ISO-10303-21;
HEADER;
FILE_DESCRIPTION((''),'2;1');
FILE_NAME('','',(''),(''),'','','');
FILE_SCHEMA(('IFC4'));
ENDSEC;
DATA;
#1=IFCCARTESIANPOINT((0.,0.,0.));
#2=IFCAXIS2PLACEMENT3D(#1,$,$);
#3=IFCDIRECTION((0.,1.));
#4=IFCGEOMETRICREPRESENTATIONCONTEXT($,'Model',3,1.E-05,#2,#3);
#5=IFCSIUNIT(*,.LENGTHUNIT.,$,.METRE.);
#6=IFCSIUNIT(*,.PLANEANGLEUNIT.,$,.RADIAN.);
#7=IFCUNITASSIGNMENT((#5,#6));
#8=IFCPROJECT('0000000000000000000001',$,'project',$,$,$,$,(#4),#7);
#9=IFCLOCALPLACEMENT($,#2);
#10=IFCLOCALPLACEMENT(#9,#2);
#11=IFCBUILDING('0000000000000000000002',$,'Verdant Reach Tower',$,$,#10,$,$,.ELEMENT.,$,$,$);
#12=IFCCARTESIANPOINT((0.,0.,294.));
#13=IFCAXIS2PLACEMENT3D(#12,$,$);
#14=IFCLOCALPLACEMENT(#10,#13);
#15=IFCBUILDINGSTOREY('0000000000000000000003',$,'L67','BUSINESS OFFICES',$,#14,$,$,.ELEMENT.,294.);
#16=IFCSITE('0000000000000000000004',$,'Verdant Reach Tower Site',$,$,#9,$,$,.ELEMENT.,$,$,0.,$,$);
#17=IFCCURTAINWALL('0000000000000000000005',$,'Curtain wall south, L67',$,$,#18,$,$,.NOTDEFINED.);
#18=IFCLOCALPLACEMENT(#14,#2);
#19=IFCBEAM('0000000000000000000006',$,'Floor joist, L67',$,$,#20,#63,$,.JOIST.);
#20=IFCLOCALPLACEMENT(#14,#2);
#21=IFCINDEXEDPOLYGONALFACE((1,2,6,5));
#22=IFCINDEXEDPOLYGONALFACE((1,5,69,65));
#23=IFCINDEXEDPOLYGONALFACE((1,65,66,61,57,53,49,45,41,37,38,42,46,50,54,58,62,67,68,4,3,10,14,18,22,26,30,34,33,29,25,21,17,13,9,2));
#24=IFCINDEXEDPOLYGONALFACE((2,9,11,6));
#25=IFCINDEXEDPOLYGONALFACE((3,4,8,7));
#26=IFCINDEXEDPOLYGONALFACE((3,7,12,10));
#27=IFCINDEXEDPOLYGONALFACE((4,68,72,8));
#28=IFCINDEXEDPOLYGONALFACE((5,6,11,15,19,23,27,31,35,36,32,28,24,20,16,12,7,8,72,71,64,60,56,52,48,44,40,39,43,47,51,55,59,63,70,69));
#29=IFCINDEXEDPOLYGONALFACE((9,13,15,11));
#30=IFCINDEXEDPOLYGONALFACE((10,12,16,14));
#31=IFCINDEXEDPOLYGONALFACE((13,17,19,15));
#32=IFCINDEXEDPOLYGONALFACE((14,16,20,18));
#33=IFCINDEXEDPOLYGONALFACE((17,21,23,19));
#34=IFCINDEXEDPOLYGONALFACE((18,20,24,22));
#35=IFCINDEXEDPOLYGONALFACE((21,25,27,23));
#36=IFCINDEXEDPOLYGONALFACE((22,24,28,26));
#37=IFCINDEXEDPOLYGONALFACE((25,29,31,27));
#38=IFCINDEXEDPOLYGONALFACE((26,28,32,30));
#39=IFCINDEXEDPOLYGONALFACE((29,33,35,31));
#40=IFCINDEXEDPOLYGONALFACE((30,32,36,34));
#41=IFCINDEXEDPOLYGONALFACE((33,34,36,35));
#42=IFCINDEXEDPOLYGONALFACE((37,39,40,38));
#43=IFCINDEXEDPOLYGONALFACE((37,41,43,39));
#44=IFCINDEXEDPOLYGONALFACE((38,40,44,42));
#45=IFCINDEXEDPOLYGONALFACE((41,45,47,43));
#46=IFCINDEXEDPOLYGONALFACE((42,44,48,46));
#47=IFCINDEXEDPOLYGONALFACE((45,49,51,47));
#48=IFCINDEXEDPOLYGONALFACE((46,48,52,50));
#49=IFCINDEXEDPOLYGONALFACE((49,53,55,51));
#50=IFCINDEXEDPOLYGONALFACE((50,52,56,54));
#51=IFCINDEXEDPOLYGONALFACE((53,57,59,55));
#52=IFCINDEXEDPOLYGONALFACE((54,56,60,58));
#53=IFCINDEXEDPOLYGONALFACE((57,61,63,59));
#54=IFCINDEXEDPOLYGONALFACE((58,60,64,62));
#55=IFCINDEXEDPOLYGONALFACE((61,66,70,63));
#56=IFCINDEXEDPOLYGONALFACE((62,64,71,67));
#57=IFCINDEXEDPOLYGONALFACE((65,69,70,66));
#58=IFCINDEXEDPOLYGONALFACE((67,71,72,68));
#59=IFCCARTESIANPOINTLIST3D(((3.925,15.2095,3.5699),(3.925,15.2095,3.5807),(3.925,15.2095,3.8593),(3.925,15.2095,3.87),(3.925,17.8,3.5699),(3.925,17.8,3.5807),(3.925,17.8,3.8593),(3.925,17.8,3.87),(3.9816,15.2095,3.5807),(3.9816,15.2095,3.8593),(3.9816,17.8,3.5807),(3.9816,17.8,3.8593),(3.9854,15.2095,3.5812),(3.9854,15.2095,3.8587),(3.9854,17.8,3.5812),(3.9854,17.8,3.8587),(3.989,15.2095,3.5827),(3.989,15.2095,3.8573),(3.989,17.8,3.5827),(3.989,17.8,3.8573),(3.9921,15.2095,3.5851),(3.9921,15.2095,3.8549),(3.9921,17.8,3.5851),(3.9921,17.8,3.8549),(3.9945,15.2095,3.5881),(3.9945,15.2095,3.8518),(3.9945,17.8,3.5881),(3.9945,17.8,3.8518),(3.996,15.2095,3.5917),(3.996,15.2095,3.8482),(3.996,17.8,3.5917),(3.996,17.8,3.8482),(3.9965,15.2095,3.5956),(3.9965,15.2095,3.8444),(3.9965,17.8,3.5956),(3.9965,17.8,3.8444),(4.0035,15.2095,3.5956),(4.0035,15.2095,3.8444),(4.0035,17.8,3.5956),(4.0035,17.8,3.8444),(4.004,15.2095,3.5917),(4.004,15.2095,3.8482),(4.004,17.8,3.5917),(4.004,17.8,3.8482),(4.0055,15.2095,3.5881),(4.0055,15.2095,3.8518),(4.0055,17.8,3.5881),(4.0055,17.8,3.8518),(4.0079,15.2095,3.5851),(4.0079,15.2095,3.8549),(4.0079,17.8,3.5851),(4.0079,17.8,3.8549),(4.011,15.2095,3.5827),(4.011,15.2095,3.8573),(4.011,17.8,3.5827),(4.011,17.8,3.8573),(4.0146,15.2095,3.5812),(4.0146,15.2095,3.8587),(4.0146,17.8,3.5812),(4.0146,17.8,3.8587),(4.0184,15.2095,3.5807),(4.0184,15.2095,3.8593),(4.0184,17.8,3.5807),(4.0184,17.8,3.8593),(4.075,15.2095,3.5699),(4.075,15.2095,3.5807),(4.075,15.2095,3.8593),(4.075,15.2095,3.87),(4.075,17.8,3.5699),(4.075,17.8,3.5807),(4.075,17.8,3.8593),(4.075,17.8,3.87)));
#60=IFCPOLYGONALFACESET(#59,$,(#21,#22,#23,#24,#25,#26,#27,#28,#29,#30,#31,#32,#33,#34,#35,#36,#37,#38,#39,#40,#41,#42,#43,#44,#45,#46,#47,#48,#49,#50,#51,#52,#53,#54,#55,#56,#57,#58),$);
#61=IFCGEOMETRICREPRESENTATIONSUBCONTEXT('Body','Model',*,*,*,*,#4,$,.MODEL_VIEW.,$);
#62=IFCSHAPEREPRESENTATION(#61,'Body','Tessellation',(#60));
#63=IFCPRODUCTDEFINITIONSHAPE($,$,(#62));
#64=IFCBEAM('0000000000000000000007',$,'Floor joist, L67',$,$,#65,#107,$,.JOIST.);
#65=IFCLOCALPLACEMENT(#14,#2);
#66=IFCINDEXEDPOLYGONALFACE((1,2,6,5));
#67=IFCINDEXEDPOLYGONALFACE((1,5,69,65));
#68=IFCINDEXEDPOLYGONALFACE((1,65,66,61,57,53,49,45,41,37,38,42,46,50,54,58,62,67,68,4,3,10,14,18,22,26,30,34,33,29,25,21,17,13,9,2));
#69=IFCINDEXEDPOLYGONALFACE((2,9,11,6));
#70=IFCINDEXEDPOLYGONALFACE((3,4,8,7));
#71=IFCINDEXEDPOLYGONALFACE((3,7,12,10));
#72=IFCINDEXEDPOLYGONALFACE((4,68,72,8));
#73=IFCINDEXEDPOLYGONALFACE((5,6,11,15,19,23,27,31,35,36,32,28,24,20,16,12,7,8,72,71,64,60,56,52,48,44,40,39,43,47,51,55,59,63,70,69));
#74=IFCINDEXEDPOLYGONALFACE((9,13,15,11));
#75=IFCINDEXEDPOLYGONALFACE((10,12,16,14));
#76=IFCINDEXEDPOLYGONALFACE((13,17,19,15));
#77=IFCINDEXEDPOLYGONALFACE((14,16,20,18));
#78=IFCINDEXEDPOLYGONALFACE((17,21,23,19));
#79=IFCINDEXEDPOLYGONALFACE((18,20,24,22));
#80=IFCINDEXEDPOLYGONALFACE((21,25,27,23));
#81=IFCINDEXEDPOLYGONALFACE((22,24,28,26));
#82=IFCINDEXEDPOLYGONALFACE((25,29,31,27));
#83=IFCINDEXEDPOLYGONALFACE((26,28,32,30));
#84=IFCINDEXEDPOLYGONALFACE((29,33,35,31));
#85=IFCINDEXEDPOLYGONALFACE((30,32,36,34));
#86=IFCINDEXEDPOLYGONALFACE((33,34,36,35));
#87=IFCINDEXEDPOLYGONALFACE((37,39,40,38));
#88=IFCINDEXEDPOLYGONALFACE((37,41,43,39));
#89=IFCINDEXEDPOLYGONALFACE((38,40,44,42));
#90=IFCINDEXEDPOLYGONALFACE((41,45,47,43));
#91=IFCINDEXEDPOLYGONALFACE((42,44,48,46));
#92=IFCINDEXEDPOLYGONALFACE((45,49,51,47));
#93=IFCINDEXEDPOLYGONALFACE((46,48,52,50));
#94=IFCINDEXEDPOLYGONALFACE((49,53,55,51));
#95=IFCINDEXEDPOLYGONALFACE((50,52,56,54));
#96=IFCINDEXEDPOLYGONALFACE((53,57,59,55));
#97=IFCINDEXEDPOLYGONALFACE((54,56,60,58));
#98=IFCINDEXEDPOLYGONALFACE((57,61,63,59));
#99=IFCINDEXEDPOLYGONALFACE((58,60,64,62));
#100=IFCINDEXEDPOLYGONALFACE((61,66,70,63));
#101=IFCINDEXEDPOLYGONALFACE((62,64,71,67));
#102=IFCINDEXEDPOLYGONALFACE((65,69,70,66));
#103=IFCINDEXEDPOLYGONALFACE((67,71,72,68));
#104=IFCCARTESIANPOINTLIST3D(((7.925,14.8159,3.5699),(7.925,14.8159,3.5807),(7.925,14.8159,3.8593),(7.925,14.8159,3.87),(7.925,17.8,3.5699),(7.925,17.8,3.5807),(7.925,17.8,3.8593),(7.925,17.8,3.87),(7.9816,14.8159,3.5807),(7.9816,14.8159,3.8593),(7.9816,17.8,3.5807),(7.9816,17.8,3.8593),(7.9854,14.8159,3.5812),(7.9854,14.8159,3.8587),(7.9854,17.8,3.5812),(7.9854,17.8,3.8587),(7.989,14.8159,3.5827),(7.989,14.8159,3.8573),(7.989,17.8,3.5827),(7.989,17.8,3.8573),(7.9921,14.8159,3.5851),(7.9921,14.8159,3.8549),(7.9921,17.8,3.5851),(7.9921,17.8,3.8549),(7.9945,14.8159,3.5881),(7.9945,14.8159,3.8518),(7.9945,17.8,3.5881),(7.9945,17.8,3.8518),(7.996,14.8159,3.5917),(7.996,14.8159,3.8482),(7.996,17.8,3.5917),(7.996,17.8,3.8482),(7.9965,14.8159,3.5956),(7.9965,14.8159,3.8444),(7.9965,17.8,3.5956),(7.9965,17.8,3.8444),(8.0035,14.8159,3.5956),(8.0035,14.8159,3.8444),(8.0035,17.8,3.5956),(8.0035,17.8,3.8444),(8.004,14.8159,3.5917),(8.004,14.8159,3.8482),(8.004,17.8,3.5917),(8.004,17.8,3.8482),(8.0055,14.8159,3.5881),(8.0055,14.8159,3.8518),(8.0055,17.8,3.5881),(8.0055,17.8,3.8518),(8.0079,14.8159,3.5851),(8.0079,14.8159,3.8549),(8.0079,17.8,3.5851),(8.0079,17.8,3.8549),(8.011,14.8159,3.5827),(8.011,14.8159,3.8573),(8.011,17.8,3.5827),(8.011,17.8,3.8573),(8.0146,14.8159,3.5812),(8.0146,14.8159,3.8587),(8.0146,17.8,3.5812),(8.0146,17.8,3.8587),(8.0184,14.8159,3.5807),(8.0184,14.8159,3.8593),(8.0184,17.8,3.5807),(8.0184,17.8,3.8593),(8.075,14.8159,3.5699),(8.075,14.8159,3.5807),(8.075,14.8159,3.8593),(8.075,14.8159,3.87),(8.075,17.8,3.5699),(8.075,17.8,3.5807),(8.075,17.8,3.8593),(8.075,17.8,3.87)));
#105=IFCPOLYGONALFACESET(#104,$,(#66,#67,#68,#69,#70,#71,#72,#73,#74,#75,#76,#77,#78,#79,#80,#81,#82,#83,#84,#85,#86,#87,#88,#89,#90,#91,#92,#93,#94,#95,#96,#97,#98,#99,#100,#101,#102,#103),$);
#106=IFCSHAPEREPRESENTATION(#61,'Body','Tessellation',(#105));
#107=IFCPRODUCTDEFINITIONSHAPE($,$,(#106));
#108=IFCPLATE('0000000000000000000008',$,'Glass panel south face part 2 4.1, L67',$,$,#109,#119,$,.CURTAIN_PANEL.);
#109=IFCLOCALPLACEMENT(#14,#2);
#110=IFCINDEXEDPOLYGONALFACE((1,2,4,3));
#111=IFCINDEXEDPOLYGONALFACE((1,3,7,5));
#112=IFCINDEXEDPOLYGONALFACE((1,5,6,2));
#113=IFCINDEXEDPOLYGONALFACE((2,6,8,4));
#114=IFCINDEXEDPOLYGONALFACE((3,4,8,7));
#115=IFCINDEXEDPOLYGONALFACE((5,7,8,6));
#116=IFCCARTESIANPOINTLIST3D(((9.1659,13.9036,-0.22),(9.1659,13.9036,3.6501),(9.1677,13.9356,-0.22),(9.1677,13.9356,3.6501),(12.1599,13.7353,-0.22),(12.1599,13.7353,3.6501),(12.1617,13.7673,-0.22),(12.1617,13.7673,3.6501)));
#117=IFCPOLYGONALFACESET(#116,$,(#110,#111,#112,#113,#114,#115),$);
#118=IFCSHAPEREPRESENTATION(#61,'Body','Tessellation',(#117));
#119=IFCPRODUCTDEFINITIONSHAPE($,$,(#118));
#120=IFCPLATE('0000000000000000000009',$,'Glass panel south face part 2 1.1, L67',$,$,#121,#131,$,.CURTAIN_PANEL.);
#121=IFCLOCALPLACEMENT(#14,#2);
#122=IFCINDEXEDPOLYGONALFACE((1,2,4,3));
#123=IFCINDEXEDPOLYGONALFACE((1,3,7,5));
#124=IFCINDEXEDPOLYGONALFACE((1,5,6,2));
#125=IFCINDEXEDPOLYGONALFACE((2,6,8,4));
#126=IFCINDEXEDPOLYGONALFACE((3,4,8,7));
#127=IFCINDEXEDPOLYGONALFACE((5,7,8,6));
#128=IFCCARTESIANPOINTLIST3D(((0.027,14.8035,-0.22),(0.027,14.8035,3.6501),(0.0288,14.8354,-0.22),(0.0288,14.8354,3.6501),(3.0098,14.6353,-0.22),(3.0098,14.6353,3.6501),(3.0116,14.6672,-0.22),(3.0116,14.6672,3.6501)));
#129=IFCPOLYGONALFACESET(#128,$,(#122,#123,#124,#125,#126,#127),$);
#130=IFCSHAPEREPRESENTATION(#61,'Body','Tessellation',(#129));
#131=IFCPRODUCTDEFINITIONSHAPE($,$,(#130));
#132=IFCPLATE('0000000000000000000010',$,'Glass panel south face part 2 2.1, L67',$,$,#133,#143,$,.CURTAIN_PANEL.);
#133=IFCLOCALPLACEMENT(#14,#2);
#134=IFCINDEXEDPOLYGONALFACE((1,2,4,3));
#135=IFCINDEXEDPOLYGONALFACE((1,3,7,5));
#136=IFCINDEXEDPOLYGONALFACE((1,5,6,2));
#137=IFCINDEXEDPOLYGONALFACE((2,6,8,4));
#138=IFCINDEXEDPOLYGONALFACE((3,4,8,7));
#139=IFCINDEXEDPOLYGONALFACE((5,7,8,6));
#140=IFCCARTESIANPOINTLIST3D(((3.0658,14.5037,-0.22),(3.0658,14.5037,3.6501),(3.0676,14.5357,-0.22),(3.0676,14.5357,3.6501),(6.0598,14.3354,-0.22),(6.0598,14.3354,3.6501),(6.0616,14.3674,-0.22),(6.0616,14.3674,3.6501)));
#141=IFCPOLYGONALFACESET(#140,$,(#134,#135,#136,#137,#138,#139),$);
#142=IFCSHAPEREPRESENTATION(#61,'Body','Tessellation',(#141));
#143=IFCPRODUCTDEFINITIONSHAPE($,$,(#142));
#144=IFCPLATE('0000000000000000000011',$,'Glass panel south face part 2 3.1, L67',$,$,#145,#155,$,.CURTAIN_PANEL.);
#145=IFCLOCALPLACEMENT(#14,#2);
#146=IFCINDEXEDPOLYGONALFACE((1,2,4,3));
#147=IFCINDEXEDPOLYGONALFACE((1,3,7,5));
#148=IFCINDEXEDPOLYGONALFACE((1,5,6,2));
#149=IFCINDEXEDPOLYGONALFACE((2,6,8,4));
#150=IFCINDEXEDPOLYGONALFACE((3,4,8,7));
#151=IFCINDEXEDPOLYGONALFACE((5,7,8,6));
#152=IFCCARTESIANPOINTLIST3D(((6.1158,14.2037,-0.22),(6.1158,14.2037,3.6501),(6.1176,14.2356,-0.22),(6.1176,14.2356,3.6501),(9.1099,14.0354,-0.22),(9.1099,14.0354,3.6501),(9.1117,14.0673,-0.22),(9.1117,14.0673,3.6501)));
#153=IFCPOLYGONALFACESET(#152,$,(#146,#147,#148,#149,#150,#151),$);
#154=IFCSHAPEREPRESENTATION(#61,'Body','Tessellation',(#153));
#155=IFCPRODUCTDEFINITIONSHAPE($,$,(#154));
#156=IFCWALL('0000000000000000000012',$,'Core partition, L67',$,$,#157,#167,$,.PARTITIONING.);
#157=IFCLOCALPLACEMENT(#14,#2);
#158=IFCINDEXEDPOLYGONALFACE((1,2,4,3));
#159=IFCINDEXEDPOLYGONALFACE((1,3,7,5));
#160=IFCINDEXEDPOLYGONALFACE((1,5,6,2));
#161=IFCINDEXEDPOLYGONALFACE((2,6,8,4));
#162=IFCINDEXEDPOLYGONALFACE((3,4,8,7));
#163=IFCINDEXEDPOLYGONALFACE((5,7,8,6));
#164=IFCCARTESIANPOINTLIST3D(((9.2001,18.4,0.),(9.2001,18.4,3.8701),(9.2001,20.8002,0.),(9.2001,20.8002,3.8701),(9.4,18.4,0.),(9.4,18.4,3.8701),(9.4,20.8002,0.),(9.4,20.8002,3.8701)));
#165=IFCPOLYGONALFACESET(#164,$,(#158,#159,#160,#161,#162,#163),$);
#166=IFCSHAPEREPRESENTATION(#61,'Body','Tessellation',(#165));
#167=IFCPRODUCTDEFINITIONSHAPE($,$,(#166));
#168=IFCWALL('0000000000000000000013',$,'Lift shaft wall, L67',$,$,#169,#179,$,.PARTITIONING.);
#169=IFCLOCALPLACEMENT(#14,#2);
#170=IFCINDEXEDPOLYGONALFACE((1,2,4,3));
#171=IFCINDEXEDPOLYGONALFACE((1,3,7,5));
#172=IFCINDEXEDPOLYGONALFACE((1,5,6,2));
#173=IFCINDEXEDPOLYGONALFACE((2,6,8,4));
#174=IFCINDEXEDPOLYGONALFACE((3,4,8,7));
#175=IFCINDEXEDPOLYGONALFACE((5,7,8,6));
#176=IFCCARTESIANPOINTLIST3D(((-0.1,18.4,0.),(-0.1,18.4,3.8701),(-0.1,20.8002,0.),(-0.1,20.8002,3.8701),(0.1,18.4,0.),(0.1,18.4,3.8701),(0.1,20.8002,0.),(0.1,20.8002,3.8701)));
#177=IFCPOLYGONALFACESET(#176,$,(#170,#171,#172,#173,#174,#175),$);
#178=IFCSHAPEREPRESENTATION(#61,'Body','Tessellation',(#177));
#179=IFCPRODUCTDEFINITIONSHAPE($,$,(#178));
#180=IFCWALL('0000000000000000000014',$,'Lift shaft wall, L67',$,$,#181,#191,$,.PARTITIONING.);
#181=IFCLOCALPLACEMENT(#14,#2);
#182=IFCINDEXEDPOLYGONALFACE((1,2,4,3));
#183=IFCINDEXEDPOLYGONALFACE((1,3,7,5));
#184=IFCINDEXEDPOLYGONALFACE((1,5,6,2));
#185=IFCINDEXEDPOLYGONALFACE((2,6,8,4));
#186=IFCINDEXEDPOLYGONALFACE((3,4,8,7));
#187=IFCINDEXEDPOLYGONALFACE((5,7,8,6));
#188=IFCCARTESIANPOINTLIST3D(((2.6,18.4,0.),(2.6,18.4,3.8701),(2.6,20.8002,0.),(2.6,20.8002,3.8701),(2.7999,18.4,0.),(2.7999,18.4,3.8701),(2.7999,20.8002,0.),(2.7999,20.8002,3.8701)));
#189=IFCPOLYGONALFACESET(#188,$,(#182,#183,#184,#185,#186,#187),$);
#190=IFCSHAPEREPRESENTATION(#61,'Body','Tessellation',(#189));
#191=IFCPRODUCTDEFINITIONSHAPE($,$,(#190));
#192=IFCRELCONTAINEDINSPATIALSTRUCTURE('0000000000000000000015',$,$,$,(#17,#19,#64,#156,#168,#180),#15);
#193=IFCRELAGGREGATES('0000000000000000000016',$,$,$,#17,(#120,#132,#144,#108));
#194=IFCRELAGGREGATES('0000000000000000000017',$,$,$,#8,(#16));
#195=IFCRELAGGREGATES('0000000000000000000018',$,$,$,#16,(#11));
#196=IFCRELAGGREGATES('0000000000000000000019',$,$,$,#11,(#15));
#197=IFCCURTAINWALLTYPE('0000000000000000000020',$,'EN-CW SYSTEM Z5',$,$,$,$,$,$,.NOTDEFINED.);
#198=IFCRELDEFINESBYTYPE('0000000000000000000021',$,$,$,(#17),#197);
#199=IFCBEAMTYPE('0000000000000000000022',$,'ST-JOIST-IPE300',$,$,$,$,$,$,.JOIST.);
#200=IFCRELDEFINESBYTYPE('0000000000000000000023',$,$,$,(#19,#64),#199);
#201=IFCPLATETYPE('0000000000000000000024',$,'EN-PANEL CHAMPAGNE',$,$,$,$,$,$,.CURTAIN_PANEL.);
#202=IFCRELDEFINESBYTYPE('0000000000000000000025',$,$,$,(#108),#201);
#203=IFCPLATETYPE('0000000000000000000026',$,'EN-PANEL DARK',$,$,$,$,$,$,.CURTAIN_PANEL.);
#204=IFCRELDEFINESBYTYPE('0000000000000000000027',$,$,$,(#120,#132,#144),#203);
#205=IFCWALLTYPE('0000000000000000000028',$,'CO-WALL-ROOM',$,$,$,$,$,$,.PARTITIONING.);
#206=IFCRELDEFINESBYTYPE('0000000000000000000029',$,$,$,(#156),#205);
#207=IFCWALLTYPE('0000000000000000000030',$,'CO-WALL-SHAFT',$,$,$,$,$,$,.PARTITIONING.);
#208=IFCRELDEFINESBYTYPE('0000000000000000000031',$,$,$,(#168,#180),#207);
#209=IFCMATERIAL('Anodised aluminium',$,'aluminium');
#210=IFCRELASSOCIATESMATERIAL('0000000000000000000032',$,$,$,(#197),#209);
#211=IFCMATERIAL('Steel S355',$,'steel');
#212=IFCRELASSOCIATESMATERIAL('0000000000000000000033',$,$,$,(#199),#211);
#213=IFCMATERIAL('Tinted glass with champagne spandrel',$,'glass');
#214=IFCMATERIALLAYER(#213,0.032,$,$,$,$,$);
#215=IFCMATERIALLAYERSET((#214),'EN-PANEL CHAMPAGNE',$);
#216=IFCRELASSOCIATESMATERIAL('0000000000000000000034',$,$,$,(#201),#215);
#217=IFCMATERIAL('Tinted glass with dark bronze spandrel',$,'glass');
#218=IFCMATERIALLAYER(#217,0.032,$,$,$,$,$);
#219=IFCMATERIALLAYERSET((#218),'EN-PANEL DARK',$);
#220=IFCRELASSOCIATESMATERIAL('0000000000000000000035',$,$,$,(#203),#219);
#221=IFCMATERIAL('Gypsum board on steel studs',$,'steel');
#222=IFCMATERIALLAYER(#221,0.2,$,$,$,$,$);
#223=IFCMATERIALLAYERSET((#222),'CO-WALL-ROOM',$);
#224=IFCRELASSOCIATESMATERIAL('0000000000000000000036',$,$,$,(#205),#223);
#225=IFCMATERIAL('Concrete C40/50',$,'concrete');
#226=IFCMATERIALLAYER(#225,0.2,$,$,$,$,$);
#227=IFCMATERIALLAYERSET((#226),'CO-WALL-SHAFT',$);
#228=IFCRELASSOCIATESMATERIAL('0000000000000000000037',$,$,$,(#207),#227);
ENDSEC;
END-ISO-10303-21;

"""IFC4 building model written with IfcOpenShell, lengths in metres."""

from ifc_helpers import new_model, si_unit, direction, frame, frame_2d, origin, origin_2d, place, context, subcontext, project, spatial, rectangle, i_section, extrude, material, layer, layer_set, material_profile, profile_set, type_object, element, aggregate, save


model = new_model("IFC4")

# Units and contexts
model_context = context("Model", 3, precision=1e-05, world=origin(), true_north=direction((0.0, 1.0)))
body_context = subcontext(model_context, "Body", "Model", "MODEL_VIEW")
ifc_project = project(units=[si_unit("LENGTHUNIT", "METRE"), si_unit("PLANEANGLEUNIT", "RADIAN")], contexts=[model_context])

# Site, building, storey
site_placement = place(None, origin())
site = spatial("IfcSite", under=ifc_project, at=site_placement, Name="Verdant Reach Tower Site", CompositionType="ELEMENT", RefElevation=0.0)
building_placement = place(site_placement, origin())
building = spatial("IfcBuilding", under=site, at=building_placement, Name="Verdant Reach Tower", CompositionType="ELEMENT")
storey_placement = place(building_placement, frame((0.0, 0.0, 294.0)))
storey = spatial("IfcBuildingStorey", under=building, at=storey_placement, Name="L67", Description="BUSINESS OFFICES", CompositionType="ELEMENT", Elevation=294.0)

# Curtain wall
ifc_material_1 = material(Name="Anodised aluminium", Category="aluminium")
curtain_wall_type = type_object("IfcCurtainWallType", Name="EN-CW SYSTEM Z5", PredefinedType="NOTDEFINED", material=ifc_material_1)
curtain_wall_placement = place(storey_placement, origin())
curtain_wall = element("IfcCurtainWall", 1, at=curtain_wall_placement, inside=storey, type_object=curtain_wall_type, Name="Curtain wall south, L67", PredefinedType="NOTDEFINED")

# Beams
ifc_material_2 = material(Name="Steel S355", Category="steel")
ifc_material_profile_1 = material_profile(ifc_material_2, i_section(OverallWidth=0.1499, OverallDepth=0.3, WebThickness=0.0071, FlangeThickness=0.0107, FilletRadius=0.0149, at=origin_2d()), Name="IPE 300")
ifc_profile_set_1 = profile_set([ifc_material_profile_1], Name="Steel S355")
beam_type = type_object("IfcBeamType", Name="ST-JOIST-IPE300", PredefinedType="JOIST", material=ifc_profile_set_1)
beam_1_placement = place(storey_placement, frame((4.0, 17.8, 3.72), z_axis=(0.0, -1.0, 0.0), x_axis=(1.0, 0.0, 0.0)))
element("IfcBeam", 2, at=beam_1_placement, inside=storey, type_object=beam_type, Name="Floor joist, L67", PredefinedType="JOIST", context=body_context, shape_type="SweptSolid", body=[
    extrude(i_section(OverallWidth=0.1499, OverallDepth=0.3, WebThickness=0.0071, FlangeThickness=0.0107, FilletRadius=0.0149, at=origin_2d()), origin(), (0.0, 0.0, 1.0), 2.5906),
])
beam_2_placement = place(storey_placement, frame((8.0, 17.8, 3.72), z_axis=(0.0, -1.0, 0.0), x_axis=(1.0, 0.0, 0.0)))
element("IfcBeam", 3, at=beam_2_placement, inside=storey, type_object=beam_type, Name="Floor joist, L67", PredefinedType="JOIST", context=body_context, shape_type="SweptSolid", body=[
    extrude(i_section(OverallWidth=0.1499, OverallDepth=0.3, WebThickness=0.0071, FlangeThickness=0.0107, FilletRadius=0.0149, at=origin_2d()), origin(), (0.0, 0.0, 1.0), 2.9841),
])

# Plates
ifc_material_3 = material(Name="Tinted glass with champagne spandrel", Category="glass")
ifc_layer_1 = layer(ifc_material_3, 0.032)
ifc_layer_set_1 = layer_set([ifc_layer_1], Name="EN-PANEL CHAMPAGNE")
plate_type_1 = type_object("IfcPlateType", Name="EN-PANEL CHAMPAGNE", PredefinedType="CURTAIN_PANEL", material=ifc_layer_set_1)
plate_1_placement = place(storey_placement, frame((10.6638, 13.8354, -0.22), z_axis=(0.0, 0.0, 1.0), x_axis=(0.998424, -0.056128, 0.0)))
plate_1 = element("IfcPlate", 4, at=plate_1_placement, type_object=plate_type_1, Name="Glass panel south face part 2 4.1, L67", PredefinedType="CURTAIN_PANEL", context=body_context, shape_type="SweptSolid", body=[
    extrude(rectangle(XDim=2.9988, YDim=0.032, at=origin_2d()), origin(), (0.0, 0.0, 1.0), 3.8701),
])
ifc_material_4 = material(Name="Tinted glass with dark bronze spandrel", Category="glass")
ifc_layer_2 = layer(ifc_material_4, 0.032)
ifc_layer_set_2 = layer_set([ifc_layer_2], Name="EN-PANEL DARK")
plate_type_2 = type_object("IfcPlateType", Name="EN-PANEL DARK", PredefinedType="CURTAIN_PANEL", material=ifc_layer_set_2)
plate_2_placement = place(storey_placement, frame((1.5193, 14.7354, -0.22), z_axis=(0.0, 0.0, 1.0), x_axis=(0.998413, -0.056308, 0.0)))
plate_2 = element("IfcPlate", 5, at=plate_2_placement, type_object=plate_type_2, Name="Glass panel south face part 2 1.1, L67", PredefinedType="CURTAIN_PANEL", context=body_context, shape_type="SweptSolid", body=[
    extrude(rectangle(XDim=2.9875, YDim=0.032, at=origin_2d()), origin(), (0.0, 0.0, 1.0), 3.8701),
])
plate_3_placement = place(storey_placement, frame((4.5637, 14.4355, -0.22), z_axis=(0.0, 0.0, 1.0), x_axis=(0.998424, -0.056128, 0.0)))
plate_3 = element("IfcPlate", 6, at=plate_3_placement, type_object=plate_type_2, Name="Glass panel south face part 2 2.1, L67", PredefinedType="CURTAIN_PANEL", context=body_context, shape_type="SweptSolid", body=[
    extrude(rectangle(XDim=2.9988, YDim=0.032, at=origin_2d()), origin(), (0.0, 0.0, 1.0), 3.8701),
])
plate_4_placement = place(storey_placement, frame((7.6138, 14.1355, -0.22), z_axis=(0.0, 0.0, 1.0), x_axis=(0.998424, -0.056128, 0.0)))
plate_4 = element("IfcPlate", 7, at=plate_4_placement, type_object=plate_type_2, Name="Glass panel south face part 2 3.1, L67", PredefinedType="CURTAIN_PANEL", context=body_context, shape_type="SweptSolid", body=[
    extrude(rectangle(XDim=2.9988, YDim=0.032, at=origin_2d()), origin(), (0.0, 0.0, 1.0), 3.8701),
])
aggregate(curtain_wall, [plate_2, plate_3, plate_4, plate_1])

# Walls
ifc_material_5 = material(Name="Gypsum board on steel studs", Category="steel")
ifc_layer_3 = layer(ifc_material_5, 0.2)
ifc_layer_set_3 = layer_set([ifc_layer_3], Name="CO-WALL-ROOM")
wall_type_1 = type_object("IfcWallType", Name="CO-WALL-ROOM", PredefinedType="PARTITIONING", material=ifc_layer_set_3)
wall_1_placement = place(storey_placement, frame((9.3, 18.3999, 0.0), z_axis=(0.0, 0.0, 1.0), x_axis=(0.0, 1.0, 0.0)))
element("IfcWall", 8, at=wall_1_placement, inside=storey, type_object=wall_type_1, Name="Core partition, L67", PredefinedType="PARTITIONING", context=body_context, shape_type="SweptSolid", body=[
    extrude(rectangle(XDim=2.4001, YDim=0.2, at=frame_2d((1.2002, 0.0))), origin(), (0.0, 0.0, 1.0), 3.8701),
])
ifc_material_6 = material(Name="Concrete C40/50", Category="concrete")
ifc_layer_4 = layer(ifc_material_6, 0.2)
ifc_layer_set_4 = layer_set([ifc_layer_4], Name="CO-WALL-SHAFT")
wall_type_2 = type_object("IfcWallType", Name="CO-WALL-SHAFT", PredefinedType="PARTITIONING", material=ifc_layer_set_4)
for number, where, z_axis, x_axis, name in (
    (9, (0.0, 18.3999, 0.0), (0.0, 0.0, 1.0), (0.0, 1.0, 0.0), "Lift shaft wall, L67"),
    (10, (2.7, 18.3999, 0.0), (0.0, 0.0, 1.0), (0.0, 1.0, 0.0), "Lift shaft wall, L67"),
):
    element("IfcWall", number, at=place(storey_placement, frame(where, z_axis=z_axis, x_axis=x_axis)), inside=storey, type_object=wall_type_2, Name=name, PredefinedType="PARTITIONING", context=body_context, shape_type="SweptSolid", body=[
        extrude(rectangle(XDim=2.4001, YDim=0.2, at=frame_2d((1.2002, 0.0))), origin(), (0.0, 0.0, 1.0), 3.8701),
    ])

save(model, "model.ifc")
